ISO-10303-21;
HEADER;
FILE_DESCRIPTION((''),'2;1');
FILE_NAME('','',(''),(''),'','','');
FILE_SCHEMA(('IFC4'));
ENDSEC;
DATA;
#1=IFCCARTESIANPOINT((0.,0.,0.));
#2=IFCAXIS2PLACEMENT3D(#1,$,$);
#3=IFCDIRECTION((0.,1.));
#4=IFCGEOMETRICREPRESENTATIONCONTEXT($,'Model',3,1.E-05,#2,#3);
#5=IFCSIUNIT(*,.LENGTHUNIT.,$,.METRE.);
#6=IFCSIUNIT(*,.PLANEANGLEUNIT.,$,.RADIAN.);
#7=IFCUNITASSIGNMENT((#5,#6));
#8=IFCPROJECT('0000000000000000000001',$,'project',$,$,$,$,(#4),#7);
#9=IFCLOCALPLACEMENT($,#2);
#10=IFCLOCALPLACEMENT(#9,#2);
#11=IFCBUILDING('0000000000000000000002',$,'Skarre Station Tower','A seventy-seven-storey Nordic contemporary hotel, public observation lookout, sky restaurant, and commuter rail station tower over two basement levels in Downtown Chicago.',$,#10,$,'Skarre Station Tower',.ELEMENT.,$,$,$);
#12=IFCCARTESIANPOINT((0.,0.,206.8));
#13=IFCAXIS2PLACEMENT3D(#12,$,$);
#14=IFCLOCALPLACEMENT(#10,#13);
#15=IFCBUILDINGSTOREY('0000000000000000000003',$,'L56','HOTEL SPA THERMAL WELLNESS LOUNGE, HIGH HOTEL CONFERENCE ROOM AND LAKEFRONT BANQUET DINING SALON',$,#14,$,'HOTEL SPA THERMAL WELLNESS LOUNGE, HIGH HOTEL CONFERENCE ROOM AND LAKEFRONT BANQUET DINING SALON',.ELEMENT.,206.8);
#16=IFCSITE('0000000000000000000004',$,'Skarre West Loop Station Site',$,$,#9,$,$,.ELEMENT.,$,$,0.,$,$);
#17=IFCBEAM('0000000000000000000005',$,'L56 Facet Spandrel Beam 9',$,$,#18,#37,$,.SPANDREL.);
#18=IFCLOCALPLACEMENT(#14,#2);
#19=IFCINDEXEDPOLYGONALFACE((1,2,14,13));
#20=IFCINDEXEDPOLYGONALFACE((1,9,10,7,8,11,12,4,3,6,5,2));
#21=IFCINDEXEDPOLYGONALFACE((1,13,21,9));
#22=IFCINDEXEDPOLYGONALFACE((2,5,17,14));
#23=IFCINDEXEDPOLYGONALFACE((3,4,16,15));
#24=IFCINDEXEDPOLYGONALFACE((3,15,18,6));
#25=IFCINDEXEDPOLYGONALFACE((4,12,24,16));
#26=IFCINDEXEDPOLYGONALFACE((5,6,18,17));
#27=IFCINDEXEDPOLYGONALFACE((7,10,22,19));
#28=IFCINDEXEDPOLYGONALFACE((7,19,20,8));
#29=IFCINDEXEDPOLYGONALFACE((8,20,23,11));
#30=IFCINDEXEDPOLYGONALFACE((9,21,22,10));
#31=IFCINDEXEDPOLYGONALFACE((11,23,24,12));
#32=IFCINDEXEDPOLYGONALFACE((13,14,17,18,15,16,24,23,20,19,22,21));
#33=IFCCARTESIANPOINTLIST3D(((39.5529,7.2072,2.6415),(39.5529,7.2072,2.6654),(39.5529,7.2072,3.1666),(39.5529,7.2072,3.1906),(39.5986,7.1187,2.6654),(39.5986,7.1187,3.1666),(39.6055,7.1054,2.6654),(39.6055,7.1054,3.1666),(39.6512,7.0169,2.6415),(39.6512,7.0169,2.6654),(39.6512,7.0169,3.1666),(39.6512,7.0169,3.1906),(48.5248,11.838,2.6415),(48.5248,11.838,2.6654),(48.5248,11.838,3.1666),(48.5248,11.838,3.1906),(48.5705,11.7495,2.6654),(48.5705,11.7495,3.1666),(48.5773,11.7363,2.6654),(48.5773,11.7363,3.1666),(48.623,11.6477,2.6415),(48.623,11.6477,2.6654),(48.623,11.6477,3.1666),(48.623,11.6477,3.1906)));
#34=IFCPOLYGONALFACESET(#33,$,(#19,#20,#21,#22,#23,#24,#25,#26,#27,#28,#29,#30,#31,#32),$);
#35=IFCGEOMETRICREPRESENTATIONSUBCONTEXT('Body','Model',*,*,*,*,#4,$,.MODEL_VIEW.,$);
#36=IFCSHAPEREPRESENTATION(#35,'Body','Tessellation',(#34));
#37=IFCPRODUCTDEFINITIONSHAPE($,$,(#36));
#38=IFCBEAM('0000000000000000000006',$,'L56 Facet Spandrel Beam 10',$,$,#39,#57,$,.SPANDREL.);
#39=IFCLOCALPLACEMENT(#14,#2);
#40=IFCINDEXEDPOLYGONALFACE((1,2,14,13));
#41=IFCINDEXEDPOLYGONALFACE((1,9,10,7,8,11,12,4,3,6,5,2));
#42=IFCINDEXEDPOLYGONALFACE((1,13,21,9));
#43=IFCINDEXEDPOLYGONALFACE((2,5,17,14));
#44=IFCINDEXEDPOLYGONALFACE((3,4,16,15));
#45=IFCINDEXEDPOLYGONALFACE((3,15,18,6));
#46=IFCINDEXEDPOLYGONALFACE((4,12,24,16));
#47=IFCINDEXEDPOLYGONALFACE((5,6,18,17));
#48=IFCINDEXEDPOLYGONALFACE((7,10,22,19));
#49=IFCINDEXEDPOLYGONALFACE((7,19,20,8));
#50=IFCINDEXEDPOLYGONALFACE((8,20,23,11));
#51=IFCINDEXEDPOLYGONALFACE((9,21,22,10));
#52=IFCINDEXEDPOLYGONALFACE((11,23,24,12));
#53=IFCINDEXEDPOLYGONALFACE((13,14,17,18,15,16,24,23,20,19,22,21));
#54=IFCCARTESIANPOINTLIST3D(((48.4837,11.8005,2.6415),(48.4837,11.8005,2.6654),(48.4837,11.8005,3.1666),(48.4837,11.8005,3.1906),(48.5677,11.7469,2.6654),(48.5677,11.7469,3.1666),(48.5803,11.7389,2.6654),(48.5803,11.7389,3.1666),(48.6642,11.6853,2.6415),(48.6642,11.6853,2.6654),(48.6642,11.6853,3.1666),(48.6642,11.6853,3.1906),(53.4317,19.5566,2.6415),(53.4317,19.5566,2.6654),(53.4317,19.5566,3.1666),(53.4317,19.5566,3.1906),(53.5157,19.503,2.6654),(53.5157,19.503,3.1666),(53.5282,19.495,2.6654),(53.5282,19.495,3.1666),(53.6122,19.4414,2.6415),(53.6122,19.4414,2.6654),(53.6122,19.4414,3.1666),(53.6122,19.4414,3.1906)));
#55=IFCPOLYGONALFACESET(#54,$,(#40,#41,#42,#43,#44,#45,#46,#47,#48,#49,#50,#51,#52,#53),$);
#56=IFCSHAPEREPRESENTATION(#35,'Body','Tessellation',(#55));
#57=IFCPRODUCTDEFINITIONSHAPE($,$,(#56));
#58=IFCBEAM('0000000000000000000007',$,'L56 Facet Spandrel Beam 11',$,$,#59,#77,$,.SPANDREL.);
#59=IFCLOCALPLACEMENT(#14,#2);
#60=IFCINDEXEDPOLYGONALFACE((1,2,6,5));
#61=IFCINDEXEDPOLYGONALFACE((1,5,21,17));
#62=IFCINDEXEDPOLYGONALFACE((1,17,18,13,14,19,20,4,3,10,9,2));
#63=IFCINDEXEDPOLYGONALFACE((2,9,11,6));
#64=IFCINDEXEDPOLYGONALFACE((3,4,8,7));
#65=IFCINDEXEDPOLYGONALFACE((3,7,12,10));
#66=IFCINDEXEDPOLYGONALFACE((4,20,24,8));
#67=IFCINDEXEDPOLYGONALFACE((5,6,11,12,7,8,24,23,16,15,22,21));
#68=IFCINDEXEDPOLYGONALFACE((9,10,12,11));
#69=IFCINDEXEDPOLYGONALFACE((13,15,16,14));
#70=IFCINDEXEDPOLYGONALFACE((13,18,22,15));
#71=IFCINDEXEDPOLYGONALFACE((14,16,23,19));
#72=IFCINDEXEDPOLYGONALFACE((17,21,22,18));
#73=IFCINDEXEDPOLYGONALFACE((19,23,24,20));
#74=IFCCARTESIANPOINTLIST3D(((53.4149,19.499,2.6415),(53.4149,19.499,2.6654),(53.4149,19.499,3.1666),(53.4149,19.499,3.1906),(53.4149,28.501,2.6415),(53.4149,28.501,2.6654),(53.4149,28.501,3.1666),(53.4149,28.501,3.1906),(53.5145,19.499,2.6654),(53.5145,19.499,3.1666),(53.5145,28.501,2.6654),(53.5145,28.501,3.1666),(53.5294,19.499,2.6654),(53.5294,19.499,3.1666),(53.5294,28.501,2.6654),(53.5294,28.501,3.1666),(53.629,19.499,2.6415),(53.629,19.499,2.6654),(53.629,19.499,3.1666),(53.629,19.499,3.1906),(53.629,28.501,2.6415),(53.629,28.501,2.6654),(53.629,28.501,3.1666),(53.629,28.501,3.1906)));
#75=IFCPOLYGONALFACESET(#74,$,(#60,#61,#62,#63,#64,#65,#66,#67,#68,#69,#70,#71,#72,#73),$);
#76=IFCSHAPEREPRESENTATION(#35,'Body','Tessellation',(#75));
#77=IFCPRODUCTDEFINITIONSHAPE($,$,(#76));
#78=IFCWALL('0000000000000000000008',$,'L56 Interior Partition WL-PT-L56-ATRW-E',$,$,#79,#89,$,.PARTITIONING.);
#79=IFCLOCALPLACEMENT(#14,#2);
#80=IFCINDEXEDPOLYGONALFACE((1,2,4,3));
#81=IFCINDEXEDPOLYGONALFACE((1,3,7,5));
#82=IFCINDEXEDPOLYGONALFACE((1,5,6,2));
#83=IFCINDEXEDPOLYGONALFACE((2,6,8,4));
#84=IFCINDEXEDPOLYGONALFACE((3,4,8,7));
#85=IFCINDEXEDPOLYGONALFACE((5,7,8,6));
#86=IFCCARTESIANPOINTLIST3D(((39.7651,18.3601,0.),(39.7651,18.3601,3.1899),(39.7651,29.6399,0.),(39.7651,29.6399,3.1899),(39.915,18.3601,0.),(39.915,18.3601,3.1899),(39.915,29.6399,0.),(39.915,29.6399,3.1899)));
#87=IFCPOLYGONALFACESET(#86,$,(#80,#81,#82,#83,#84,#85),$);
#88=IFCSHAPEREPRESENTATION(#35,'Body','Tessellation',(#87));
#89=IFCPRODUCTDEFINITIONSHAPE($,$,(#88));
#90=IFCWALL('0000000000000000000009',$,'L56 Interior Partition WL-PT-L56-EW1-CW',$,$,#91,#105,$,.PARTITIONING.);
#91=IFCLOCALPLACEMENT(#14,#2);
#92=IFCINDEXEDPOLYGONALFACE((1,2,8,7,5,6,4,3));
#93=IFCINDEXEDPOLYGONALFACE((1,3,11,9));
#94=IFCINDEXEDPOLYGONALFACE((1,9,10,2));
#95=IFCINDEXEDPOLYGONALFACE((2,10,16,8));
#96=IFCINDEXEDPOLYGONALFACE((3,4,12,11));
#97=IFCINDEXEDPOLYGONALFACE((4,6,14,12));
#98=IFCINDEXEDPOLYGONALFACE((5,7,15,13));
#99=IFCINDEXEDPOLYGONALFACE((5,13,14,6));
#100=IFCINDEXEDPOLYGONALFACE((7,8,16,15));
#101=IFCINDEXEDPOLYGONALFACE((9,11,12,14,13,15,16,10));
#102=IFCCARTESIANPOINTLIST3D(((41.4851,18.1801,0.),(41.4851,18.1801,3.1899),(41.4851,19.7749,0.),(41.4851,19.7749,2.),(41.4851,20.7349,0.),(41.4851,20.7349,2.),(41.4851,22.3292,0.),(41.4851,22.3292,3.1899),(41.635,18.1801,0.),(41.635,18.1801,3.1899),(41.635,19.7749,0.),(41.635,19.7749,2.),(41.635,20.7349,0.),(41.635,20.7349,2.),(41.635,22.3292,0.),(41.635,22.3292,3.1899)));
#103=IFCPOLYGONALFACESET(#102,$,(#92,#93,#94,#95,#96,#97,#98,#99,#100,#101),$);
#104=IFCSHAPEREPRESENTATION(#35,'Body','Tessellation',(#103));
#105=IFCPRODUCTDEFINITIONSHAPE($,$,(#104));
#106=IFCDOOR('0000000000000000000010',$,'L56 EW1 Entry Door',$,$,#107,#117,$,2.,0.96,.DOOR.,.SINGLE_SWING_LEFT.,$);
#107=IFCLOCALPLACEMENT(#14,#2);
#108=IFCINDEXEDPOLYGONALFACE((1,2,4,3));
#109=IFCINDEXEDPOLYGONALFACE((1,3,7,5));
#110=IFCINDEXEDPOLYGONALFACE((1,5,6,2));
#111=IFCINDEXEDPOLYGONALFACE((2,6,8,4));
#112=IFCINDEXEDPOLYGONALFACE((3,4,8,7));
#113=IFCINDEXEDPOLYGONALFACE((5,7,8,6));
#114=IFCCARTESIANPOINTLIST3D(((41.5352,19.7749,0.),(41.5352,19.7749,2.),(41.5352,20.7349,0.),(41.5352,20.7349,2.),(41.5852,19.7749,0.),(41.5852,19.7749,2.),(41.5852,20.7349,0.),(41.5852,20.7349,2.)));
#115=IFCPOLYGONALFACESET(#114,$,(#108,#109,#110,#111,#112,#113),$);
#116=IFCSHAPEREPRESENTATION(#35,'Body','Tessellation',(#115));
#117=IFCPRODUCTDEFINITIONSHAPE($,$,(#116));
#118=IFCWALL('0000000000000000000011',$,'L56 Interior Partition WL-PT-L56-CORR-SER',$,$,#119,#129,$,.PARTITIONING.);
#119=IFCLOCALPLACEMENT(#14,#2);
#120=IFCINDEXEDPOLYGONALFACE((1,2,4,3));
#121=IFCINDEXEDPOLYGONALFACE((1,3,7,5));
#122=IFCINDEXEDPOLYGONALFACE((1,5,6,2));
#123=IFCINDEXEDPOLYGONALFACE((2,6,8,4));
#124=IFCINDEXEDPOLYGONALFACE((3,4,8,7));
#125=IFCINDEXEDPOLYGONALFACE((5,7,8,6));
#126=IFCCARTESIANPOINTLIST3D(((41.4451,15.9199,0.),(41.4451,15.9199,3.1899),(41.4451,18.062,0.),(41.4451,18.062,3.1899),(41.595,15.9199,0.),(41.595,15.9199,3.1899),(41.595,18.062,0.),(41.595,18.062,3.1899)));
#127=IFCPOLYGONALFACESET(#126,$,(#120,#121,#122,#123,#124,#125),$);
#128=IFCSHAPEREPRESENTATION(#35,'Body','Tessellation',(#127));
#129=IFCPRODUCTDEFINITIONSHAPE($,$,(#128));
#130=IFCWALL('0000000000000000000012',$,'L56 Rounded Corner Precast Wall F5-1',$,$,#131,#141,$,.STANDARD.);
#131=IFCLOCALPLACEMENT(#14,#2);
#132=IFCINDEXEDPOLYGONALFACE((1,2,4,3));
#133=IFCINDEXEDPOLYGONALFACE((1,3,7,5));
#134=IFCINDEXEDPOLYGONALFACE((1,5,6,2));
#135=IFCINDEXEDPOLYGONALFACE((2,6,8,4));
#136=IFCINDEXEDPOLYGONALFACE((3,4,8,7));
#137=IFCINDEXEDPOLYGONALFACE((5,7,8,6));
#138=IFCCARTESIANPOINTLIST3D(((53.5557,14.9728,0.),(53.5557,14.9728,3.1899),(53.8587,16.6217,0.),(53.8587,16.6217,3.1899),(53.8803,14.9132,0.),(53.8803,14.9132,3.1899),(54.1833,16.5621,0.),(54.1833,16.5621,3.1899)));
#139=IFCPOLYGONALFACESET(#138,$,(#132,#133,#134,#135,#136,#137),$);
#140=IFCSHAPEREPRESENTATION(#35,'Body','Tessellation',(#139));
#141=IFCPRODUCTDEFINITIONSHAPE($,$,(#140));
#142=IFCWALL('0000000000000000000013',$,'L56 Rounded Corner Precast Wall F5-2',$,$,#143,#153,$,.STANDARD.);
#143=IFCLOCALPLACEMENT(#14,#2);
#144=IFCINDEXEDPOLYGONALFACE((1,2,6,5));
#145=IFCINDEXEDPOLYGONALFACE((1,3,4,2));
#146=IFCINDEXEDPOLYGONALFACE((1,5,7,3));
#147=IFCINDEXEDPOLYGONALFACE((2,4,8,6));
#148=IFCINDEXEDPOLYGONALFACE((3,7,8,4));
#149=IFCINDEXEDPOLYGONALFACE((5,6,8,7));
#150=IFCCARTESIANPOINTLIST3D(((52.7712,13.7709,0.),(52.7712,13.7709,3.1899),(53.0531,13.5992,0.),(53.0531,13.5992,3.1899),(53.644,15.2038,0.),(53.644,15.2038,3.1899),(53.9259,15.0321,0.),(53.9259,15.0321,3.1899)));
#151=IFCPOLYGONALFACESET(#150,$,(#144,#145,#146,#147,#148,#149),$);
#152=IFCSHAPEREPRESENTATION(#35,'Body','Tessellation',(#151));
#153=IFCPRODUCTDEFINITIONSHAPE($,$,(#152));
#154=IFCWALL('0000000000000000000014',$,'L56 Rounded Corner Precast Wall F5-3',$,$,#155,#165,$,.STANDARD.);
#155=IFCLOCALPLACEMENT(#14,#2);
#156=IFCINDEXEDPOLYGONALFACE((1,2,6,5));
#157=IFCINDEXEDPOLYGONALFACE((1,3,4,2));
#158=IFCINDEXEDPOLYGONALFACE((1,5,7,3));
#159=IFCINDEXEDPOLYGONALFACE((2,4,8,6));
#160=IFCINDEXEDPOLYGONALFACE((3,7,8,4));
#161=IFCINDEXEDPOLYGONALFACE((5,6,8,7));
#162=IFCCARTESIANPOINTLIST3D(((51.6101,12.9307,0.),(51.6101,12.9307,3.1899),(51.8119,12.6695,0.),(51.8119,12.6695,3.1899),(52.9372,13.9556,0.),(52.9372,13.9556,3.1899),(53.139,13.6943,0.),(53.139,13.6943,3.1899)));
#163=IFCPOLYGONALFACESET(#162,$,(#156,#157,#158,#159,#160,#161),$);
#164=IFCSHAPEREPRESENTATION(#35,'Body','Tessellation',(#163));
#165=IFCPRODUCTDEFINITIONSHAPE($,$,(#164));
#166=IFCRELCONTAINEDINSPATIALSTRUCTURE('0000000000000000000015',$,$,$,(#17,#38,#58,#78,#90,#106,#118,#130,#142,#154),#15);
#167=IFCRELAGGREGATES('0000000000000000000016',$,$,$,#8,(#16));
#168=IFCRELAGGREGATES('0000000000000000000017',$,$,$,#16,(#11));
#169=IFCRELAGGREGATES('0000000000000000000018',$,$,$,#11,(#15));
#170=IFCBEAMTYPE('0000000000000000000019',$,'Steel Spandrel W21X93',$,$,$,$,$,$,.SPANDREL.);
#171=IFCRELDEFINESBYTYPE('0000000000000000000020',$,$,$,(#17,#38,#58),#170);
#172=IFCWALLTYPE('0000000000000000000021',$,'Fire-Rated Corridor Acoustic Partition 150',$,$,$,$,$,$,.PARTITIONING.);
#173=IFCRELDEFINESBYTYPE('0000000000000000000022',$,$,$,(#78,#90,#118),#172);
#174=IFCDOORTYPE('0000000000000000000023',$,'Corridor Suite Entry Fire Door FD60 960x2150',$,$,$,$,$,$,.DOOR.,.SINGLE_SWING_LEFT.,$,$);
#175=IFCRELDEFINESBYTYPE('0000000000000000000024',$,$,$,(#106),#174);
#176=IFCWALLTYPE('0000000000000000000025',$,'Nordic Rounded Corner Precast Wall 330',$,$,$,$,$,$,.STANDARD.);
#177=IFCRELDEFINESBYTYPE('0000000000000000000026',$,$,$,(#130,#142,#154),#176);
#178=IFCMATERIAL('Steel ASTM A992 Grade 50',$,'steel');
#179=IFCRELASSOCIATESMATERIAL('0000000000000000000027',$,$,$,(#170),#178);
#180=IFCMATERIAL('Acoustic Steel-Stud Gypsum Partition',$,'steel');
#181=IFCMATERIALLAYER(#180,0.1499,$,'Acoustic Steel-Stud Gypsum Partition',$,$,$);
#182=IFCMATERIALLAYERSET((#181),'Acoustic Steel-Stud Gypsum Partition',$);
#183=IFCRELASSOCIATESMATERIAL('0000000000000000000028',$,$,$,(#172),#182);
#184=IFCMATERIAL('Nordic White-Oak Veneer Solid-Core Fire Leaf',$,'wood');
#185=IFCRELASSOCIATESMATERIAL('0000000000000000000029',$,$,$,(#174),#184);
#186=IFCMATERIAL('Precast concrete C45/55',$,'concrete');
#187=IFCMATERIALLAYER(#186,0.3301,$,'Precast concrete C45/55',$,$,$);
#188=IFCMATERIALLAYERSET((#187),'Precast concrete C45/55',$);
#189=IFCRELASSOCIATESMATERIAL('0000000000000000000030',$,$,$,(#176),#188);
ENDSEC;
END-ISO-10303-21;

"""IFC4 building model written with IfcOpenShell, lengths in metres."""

from ifc_helpers import new_model, si_unit, direction, frame, frame_2d, origin, origin_2d, place, context, subcontext, project, spatial, rectangle, i_section, extrude, material, layer, layer_set, material_profile, profile_set, type_object, element, fill, save


model = new_model("IFC4")

# Units and contexts
model_context = context("Model", 3, precision=1e-05, world=origin(), true_north=direction((0.0, 1.0)))
body_context = subcontext(model_context, "Body", "Model", "MODEL_VIEW")
ifc_project = project(units=[si_unit("LENGTHUNIT", "METRE"), si_unit("PLANEANGLEUNIT", "RADIAN")], contexts=[model_context])

# Site, building, storey
site_placement = place(None, origin())
site = spatial("IfcSite", under=ifc_project, at=site_placement, Name="Skarre West Loop Station Site", CompositionType="ELEMENT", RefElevation=0.0)
building_placement = place(site_placement, origin())
building = spatial("IfcBuilding", under=site, at=building_placement, Name="Skarre Station Tower", Description="A seventy-seven-storey Nordic contemporary hotel, public observation lookout, sky restaurant, and commuter rail station tower over two basement levels in Downtown Chicago.", LongName="Skarre Station Tower", CompositionType="ELEMENT")
storey_placement = place(building_placement, frame((0.0, 0.0, 206.8)))
storey = spatial("IfcBuildingStorey", under=building, at=storey_placement, Name="L56", Description="HOTEL SPA THERMAL WELLNESS LOUNGE, HIGH HOTEL CONFERENCE ROOM AND LAKEFRONT BANQUET DINING SALON", LongName="HOTEL SPA THERMAL WELLNESS LOUNGE, HIGH HOTEL CONFERENCE ROOM AND LAKEFRONT BANQUET DINING SALON", CompositionType="ELEMENT", Elevation=206.8)

# Beams
ifc_material_1 = material(Name="Steel ASTM A992 Grade 50", Category="steel")
ifc_material_profile_1 = material_profile(ifc_material_1, i_section(OverallWidth=0.2141, OverallDepth=0.5491, WebThickness=0.0149, FlangeThickness=0.0239, at=origin_2d()), Name="Steel ASTM A992 Grade 50")
ifc_profile_set_1 = profile_set([ifc_material_profile_1], Name="Steel ASTM A992 Grade 50")
beam_type_1 = type_object("IfcBeamType", Name="Steel Spandrel W21X93", PredefinedType="SPANDREL", material=ifc_profile_set_1)
beam_1_placement = place(storey_placement, frame((39.6021, 7.1121, 2.916), z_axis=(0.888613, 0.458658, 0.0), x_axis=(-0.458658, 0.888613, 0.0)))
element("IfcBeam", 1, at=beam_1_placement, inside=storey, type_object=beam_type_1, Name="L56 Facet Spandrel Beam 9", PredefinedType="SPANDREL", context=body_context, shape_type="SweptSolid", body=[
    extrude(i_section(OverallWidth=0.2141, OverallDepth=0.5491, WebThickness=0.0149, FlangeThickness=0.0239, at=origin_2d()), origin(), (0.0, 0.0, 1.0), 10.0964),
])
beam_2_placement = place(storey_placement, frame((48.574, 11.7429, 2.916), z_axis=(0.537826, 0.843056, 0.0), x_axis=(-0.843056, 0.537826, 0.0)))
element("IfcBeam", 2, at=beam_2_placement, inside=storey, type_object=beam_type_1, Name="L56 Facet Spandrel Beam 10", PredefinedType="SPANDREL", context=body_context, shape_type="SweptSolid", body=[
    extrude(i_section(OverallWidth=0.2141, OverallDepth=0.5491, WebThickness=0.0149, FlangeThickness=0.0239, at=origin_2d()), origin(), (0.0, 0.0, 1.0), 9.2),
])
beam_3_placement = place(storey_placement, frame((53.522, 19.499, 2.916), z_axis=(0.0, 1.0, 0.0), x_axis=(-1.0, 0.0, 0.0)))
element("IfcBeam", 3, at=beam_3_placement, inside=storey, type_object=beam_type_1, Name="L56 Facet Spandrel Beam 11", PredefinedType="SPANDREL", context=body_context, shape_type="SweptSolid", body=[
    extrude(i_section(OverallWidth=0.2141, OverallDepth=0.5491, WebThickness=0.0149, FlangeThickness=0.0239, at=origin_2d()), origin(), (0.0, 0.0, 1.0), 9.002),
])

# Wall
ifc_material_2 = material(Name="Acoustic Steel-Stud Gypsum Partition", Category="steel")
ifc_layer_1 = layer(ifc_material_2, 0.1499, Name="Acoustic Steel-Stud Gypsum Partition")
ifc_layer_set_1 = layer_set([ifc_layer_1], Name="Acoustic Steel-Stud Gypsum Partition")
wall_type_1 = type_object("IfcWallType", Name="Fire-Rated Corridor Acoustic Partition 150", PredefinedType="PARTITIONING", material=ifc_layer_set_1)
wall_1_placement = place(storey_placement, frame((39.8401, 18.3601, 0.0), z_axis=(0.0, 0.0, 1.0), x_axis=(0.0, 1.0, 0.0)))
element("IfcWall", 4, at=wall_1_placement, inside=storey, type_object=wall_type_1, Name="L56 Interior Partition WL-PT-L56-ATRW-E", PredefinedType="PARTITIONING", context=body_context, shape_type="SweptSolid", body=[
    extrude(rectangle(XDim=11.2798, YDim=0.1499, at=frame_2d((5.6399, 0.0))), origin(), (0.0, 0.0, 1.0), 3.1899),
])

# Wall, opening, door
wall_2_placement = place(storey_placement, frame((41.5601, 18.1799, 0.0), z_axis=(0.0, 0.0, 1.0), x_axis=(0.0, 1.0, 0.0)))
wall_2 = element("IfcWall", 5, at=wall_2_placement, inside=storey, type_object=wall_type_1, Name="L56 Interior Partition WL-PT-L56-EW1-CW", PredefinedType="PARTITIONING", context=body_context, shape_type="SweptSolid", body=[
    extrude(rectangle(XDim=4.1492, YDim=0.1499, at=frame_2d((2.0747, 0.0))), origin(), (0.0, 0.0, 1.0), 3.1899),
])
opening_1_placement = place(wall_2_placement, frame((1.595, 0.0, 0.0)))
opening_1 = element("IfcOpeningElement", 6, at=opening_1_placement, cuts=wall_2, PredefinedType="OPENING", context=body_context, shape_type="SweptSolid", body=[
    extrude(rectangle(XDim=0.96, YDim=2.0, at=frame_2d((0.48, 1.0))), frame((0.0, 0.085, 0.0), z_axis=(0.0, -1.0, 0.0), x_axis=(1.0, 0.0, 0.0)), (0.0, 0.0, 1.0), 0.1699),
])
ifc_material_3 = material(Name="Nordic White-Oak Veneer Solid-Core Fire Leaf", Category="wood")
door_type = type_object("IfcDoorType", Name="Corridor Suite Entry Fire Door FD60 960x2150", OperationType="SINGLE_SWING_LEFT", PredefinedType="DOOR", material=ifc_material_3)
door_placement = place(opening_1_placement, origin())
door = element("IfcDoor", 7, at=door_placement, inside=storey, type_object=door_type, Name="L56 EW1 Entry Door", OperationType="SINGLE_SWING_LEFT", OverallHeight=2.0, OverallWidth=0.96, PredefinedType="DOOR", context=body_context, shape_type="SweptSolid", body=[
    extrude(rectangle(XDim=0.96, YDim=2.0, at=frame_2d((0.48, 1.0))), frame((0.0, 0.0249, 0.0), z_axis=(0.0, -1.0, 0.0), x_axis=(1.0, 0.0, 0.0)), (0.0, 0.0, 1.0), 0.05),
])
fill(opening_1, door)

# Walls
wall_3_placement = place(storey_placement, frame((41.52, 15.9199, 0.0), z_axis=(0.0, 0.0, 1.0), x_axis=(0.0, 1.0, 0.0)))
element("IfcWall", 8, at=wall_3_placement, inside=storey, type_object=wall_type_1, Name="L56 Interior Partition WL-PT-L56-CORR-SER", PredefinedType="PARTITIONING", context=body_context, shape_type="SweptSolid", body=[
    extrude(rectangle(XDim=2.1421, YDim=0.1499, at=frame_2d((1.071, 0.0))), origin(), (0.0, 0.0, 1.0), 3.1899),
])
ifc_material_4 = material(Name="Precast concrete C45/55", Category="concrete")
ifc_layer_2 = layer(ifc_material_4, 0.3301, Name="Precast concrete C45/55")
ifc_layer_set_2 = layer_set([ifc_layer_2], Name="Precast concrete C45/55")
wall_type_2 = type_object("IfcWallType", Name="Nordic Rounded Corner Precast Wall 330", PredefinedType="STANDARD", material=ifc_layer_set_2)
wall_4_placement = place(storey_placement, frame((54.021, 16.592, 0.0), z_axis=(0.0, 0.0, 1.0), x_axis=(-0.180718, -0.983535, 0.0)))
element("IfcWall", 9, at=wall_4_placement, inside=storey, type_object=wall_type_2, Name="L56 Rounded Corner Precast Wall F5-1", PredefinedType="STANDARD", context=body_context, shape_type="SweptSolid", body=[
    extrude(rectangle(XDim=1.6765, YDim=0.3301, at=frame_2d((0.8384, 0.0))), origin(), (0.0, 0.0, 1.0), 3.1899),
])
wall_5_placement = place(storey_placement, frame((53.7849, 15.1179, 0.0), z_axis=(0.0, 0.0, 1.0), x_axis=(-0.520219, -0.854033, 0.0)))
element("IfcWall", 10, at=wall_5_placement, inside=storey, type_object=wall_type_2, Name="L56 Rounded Corner Precast Wall F5-2", PredefinedType="STANDARD", context=body_context, shape_type="SweptSolid", body=[
    extrude(rectangle(XDim=1.6777, YDim=0.3301, at=frame_2d((0.8389, 0.0))), origin(), (0.0, 0.0, 1.0), 3.1899),
])
wall_6_placement = place(storey_placement, frame((53.0381, 13.825, 0.0), z_axis=(0.0, 0.0, 1.0), x_axis=(-0.791464, -0.611215, 0.0)))
element("IfcWall", 11, at=wall_6_placement, inside=storey, type_object=wall_type_2, Name="L56 Rounded Corner Precast Wall F5-3", PredefinedType="STANDARD", context=body_context, shape_type="SweptSolid", body=[
    extrude(rectangle(XDim=1.6768, YDim=0.3301, at=frame_2d((0.8384, 0.0))), origin(), (0.0, 0.0, 1.0), 3.1899),
])

save(model, "model.ifc")
